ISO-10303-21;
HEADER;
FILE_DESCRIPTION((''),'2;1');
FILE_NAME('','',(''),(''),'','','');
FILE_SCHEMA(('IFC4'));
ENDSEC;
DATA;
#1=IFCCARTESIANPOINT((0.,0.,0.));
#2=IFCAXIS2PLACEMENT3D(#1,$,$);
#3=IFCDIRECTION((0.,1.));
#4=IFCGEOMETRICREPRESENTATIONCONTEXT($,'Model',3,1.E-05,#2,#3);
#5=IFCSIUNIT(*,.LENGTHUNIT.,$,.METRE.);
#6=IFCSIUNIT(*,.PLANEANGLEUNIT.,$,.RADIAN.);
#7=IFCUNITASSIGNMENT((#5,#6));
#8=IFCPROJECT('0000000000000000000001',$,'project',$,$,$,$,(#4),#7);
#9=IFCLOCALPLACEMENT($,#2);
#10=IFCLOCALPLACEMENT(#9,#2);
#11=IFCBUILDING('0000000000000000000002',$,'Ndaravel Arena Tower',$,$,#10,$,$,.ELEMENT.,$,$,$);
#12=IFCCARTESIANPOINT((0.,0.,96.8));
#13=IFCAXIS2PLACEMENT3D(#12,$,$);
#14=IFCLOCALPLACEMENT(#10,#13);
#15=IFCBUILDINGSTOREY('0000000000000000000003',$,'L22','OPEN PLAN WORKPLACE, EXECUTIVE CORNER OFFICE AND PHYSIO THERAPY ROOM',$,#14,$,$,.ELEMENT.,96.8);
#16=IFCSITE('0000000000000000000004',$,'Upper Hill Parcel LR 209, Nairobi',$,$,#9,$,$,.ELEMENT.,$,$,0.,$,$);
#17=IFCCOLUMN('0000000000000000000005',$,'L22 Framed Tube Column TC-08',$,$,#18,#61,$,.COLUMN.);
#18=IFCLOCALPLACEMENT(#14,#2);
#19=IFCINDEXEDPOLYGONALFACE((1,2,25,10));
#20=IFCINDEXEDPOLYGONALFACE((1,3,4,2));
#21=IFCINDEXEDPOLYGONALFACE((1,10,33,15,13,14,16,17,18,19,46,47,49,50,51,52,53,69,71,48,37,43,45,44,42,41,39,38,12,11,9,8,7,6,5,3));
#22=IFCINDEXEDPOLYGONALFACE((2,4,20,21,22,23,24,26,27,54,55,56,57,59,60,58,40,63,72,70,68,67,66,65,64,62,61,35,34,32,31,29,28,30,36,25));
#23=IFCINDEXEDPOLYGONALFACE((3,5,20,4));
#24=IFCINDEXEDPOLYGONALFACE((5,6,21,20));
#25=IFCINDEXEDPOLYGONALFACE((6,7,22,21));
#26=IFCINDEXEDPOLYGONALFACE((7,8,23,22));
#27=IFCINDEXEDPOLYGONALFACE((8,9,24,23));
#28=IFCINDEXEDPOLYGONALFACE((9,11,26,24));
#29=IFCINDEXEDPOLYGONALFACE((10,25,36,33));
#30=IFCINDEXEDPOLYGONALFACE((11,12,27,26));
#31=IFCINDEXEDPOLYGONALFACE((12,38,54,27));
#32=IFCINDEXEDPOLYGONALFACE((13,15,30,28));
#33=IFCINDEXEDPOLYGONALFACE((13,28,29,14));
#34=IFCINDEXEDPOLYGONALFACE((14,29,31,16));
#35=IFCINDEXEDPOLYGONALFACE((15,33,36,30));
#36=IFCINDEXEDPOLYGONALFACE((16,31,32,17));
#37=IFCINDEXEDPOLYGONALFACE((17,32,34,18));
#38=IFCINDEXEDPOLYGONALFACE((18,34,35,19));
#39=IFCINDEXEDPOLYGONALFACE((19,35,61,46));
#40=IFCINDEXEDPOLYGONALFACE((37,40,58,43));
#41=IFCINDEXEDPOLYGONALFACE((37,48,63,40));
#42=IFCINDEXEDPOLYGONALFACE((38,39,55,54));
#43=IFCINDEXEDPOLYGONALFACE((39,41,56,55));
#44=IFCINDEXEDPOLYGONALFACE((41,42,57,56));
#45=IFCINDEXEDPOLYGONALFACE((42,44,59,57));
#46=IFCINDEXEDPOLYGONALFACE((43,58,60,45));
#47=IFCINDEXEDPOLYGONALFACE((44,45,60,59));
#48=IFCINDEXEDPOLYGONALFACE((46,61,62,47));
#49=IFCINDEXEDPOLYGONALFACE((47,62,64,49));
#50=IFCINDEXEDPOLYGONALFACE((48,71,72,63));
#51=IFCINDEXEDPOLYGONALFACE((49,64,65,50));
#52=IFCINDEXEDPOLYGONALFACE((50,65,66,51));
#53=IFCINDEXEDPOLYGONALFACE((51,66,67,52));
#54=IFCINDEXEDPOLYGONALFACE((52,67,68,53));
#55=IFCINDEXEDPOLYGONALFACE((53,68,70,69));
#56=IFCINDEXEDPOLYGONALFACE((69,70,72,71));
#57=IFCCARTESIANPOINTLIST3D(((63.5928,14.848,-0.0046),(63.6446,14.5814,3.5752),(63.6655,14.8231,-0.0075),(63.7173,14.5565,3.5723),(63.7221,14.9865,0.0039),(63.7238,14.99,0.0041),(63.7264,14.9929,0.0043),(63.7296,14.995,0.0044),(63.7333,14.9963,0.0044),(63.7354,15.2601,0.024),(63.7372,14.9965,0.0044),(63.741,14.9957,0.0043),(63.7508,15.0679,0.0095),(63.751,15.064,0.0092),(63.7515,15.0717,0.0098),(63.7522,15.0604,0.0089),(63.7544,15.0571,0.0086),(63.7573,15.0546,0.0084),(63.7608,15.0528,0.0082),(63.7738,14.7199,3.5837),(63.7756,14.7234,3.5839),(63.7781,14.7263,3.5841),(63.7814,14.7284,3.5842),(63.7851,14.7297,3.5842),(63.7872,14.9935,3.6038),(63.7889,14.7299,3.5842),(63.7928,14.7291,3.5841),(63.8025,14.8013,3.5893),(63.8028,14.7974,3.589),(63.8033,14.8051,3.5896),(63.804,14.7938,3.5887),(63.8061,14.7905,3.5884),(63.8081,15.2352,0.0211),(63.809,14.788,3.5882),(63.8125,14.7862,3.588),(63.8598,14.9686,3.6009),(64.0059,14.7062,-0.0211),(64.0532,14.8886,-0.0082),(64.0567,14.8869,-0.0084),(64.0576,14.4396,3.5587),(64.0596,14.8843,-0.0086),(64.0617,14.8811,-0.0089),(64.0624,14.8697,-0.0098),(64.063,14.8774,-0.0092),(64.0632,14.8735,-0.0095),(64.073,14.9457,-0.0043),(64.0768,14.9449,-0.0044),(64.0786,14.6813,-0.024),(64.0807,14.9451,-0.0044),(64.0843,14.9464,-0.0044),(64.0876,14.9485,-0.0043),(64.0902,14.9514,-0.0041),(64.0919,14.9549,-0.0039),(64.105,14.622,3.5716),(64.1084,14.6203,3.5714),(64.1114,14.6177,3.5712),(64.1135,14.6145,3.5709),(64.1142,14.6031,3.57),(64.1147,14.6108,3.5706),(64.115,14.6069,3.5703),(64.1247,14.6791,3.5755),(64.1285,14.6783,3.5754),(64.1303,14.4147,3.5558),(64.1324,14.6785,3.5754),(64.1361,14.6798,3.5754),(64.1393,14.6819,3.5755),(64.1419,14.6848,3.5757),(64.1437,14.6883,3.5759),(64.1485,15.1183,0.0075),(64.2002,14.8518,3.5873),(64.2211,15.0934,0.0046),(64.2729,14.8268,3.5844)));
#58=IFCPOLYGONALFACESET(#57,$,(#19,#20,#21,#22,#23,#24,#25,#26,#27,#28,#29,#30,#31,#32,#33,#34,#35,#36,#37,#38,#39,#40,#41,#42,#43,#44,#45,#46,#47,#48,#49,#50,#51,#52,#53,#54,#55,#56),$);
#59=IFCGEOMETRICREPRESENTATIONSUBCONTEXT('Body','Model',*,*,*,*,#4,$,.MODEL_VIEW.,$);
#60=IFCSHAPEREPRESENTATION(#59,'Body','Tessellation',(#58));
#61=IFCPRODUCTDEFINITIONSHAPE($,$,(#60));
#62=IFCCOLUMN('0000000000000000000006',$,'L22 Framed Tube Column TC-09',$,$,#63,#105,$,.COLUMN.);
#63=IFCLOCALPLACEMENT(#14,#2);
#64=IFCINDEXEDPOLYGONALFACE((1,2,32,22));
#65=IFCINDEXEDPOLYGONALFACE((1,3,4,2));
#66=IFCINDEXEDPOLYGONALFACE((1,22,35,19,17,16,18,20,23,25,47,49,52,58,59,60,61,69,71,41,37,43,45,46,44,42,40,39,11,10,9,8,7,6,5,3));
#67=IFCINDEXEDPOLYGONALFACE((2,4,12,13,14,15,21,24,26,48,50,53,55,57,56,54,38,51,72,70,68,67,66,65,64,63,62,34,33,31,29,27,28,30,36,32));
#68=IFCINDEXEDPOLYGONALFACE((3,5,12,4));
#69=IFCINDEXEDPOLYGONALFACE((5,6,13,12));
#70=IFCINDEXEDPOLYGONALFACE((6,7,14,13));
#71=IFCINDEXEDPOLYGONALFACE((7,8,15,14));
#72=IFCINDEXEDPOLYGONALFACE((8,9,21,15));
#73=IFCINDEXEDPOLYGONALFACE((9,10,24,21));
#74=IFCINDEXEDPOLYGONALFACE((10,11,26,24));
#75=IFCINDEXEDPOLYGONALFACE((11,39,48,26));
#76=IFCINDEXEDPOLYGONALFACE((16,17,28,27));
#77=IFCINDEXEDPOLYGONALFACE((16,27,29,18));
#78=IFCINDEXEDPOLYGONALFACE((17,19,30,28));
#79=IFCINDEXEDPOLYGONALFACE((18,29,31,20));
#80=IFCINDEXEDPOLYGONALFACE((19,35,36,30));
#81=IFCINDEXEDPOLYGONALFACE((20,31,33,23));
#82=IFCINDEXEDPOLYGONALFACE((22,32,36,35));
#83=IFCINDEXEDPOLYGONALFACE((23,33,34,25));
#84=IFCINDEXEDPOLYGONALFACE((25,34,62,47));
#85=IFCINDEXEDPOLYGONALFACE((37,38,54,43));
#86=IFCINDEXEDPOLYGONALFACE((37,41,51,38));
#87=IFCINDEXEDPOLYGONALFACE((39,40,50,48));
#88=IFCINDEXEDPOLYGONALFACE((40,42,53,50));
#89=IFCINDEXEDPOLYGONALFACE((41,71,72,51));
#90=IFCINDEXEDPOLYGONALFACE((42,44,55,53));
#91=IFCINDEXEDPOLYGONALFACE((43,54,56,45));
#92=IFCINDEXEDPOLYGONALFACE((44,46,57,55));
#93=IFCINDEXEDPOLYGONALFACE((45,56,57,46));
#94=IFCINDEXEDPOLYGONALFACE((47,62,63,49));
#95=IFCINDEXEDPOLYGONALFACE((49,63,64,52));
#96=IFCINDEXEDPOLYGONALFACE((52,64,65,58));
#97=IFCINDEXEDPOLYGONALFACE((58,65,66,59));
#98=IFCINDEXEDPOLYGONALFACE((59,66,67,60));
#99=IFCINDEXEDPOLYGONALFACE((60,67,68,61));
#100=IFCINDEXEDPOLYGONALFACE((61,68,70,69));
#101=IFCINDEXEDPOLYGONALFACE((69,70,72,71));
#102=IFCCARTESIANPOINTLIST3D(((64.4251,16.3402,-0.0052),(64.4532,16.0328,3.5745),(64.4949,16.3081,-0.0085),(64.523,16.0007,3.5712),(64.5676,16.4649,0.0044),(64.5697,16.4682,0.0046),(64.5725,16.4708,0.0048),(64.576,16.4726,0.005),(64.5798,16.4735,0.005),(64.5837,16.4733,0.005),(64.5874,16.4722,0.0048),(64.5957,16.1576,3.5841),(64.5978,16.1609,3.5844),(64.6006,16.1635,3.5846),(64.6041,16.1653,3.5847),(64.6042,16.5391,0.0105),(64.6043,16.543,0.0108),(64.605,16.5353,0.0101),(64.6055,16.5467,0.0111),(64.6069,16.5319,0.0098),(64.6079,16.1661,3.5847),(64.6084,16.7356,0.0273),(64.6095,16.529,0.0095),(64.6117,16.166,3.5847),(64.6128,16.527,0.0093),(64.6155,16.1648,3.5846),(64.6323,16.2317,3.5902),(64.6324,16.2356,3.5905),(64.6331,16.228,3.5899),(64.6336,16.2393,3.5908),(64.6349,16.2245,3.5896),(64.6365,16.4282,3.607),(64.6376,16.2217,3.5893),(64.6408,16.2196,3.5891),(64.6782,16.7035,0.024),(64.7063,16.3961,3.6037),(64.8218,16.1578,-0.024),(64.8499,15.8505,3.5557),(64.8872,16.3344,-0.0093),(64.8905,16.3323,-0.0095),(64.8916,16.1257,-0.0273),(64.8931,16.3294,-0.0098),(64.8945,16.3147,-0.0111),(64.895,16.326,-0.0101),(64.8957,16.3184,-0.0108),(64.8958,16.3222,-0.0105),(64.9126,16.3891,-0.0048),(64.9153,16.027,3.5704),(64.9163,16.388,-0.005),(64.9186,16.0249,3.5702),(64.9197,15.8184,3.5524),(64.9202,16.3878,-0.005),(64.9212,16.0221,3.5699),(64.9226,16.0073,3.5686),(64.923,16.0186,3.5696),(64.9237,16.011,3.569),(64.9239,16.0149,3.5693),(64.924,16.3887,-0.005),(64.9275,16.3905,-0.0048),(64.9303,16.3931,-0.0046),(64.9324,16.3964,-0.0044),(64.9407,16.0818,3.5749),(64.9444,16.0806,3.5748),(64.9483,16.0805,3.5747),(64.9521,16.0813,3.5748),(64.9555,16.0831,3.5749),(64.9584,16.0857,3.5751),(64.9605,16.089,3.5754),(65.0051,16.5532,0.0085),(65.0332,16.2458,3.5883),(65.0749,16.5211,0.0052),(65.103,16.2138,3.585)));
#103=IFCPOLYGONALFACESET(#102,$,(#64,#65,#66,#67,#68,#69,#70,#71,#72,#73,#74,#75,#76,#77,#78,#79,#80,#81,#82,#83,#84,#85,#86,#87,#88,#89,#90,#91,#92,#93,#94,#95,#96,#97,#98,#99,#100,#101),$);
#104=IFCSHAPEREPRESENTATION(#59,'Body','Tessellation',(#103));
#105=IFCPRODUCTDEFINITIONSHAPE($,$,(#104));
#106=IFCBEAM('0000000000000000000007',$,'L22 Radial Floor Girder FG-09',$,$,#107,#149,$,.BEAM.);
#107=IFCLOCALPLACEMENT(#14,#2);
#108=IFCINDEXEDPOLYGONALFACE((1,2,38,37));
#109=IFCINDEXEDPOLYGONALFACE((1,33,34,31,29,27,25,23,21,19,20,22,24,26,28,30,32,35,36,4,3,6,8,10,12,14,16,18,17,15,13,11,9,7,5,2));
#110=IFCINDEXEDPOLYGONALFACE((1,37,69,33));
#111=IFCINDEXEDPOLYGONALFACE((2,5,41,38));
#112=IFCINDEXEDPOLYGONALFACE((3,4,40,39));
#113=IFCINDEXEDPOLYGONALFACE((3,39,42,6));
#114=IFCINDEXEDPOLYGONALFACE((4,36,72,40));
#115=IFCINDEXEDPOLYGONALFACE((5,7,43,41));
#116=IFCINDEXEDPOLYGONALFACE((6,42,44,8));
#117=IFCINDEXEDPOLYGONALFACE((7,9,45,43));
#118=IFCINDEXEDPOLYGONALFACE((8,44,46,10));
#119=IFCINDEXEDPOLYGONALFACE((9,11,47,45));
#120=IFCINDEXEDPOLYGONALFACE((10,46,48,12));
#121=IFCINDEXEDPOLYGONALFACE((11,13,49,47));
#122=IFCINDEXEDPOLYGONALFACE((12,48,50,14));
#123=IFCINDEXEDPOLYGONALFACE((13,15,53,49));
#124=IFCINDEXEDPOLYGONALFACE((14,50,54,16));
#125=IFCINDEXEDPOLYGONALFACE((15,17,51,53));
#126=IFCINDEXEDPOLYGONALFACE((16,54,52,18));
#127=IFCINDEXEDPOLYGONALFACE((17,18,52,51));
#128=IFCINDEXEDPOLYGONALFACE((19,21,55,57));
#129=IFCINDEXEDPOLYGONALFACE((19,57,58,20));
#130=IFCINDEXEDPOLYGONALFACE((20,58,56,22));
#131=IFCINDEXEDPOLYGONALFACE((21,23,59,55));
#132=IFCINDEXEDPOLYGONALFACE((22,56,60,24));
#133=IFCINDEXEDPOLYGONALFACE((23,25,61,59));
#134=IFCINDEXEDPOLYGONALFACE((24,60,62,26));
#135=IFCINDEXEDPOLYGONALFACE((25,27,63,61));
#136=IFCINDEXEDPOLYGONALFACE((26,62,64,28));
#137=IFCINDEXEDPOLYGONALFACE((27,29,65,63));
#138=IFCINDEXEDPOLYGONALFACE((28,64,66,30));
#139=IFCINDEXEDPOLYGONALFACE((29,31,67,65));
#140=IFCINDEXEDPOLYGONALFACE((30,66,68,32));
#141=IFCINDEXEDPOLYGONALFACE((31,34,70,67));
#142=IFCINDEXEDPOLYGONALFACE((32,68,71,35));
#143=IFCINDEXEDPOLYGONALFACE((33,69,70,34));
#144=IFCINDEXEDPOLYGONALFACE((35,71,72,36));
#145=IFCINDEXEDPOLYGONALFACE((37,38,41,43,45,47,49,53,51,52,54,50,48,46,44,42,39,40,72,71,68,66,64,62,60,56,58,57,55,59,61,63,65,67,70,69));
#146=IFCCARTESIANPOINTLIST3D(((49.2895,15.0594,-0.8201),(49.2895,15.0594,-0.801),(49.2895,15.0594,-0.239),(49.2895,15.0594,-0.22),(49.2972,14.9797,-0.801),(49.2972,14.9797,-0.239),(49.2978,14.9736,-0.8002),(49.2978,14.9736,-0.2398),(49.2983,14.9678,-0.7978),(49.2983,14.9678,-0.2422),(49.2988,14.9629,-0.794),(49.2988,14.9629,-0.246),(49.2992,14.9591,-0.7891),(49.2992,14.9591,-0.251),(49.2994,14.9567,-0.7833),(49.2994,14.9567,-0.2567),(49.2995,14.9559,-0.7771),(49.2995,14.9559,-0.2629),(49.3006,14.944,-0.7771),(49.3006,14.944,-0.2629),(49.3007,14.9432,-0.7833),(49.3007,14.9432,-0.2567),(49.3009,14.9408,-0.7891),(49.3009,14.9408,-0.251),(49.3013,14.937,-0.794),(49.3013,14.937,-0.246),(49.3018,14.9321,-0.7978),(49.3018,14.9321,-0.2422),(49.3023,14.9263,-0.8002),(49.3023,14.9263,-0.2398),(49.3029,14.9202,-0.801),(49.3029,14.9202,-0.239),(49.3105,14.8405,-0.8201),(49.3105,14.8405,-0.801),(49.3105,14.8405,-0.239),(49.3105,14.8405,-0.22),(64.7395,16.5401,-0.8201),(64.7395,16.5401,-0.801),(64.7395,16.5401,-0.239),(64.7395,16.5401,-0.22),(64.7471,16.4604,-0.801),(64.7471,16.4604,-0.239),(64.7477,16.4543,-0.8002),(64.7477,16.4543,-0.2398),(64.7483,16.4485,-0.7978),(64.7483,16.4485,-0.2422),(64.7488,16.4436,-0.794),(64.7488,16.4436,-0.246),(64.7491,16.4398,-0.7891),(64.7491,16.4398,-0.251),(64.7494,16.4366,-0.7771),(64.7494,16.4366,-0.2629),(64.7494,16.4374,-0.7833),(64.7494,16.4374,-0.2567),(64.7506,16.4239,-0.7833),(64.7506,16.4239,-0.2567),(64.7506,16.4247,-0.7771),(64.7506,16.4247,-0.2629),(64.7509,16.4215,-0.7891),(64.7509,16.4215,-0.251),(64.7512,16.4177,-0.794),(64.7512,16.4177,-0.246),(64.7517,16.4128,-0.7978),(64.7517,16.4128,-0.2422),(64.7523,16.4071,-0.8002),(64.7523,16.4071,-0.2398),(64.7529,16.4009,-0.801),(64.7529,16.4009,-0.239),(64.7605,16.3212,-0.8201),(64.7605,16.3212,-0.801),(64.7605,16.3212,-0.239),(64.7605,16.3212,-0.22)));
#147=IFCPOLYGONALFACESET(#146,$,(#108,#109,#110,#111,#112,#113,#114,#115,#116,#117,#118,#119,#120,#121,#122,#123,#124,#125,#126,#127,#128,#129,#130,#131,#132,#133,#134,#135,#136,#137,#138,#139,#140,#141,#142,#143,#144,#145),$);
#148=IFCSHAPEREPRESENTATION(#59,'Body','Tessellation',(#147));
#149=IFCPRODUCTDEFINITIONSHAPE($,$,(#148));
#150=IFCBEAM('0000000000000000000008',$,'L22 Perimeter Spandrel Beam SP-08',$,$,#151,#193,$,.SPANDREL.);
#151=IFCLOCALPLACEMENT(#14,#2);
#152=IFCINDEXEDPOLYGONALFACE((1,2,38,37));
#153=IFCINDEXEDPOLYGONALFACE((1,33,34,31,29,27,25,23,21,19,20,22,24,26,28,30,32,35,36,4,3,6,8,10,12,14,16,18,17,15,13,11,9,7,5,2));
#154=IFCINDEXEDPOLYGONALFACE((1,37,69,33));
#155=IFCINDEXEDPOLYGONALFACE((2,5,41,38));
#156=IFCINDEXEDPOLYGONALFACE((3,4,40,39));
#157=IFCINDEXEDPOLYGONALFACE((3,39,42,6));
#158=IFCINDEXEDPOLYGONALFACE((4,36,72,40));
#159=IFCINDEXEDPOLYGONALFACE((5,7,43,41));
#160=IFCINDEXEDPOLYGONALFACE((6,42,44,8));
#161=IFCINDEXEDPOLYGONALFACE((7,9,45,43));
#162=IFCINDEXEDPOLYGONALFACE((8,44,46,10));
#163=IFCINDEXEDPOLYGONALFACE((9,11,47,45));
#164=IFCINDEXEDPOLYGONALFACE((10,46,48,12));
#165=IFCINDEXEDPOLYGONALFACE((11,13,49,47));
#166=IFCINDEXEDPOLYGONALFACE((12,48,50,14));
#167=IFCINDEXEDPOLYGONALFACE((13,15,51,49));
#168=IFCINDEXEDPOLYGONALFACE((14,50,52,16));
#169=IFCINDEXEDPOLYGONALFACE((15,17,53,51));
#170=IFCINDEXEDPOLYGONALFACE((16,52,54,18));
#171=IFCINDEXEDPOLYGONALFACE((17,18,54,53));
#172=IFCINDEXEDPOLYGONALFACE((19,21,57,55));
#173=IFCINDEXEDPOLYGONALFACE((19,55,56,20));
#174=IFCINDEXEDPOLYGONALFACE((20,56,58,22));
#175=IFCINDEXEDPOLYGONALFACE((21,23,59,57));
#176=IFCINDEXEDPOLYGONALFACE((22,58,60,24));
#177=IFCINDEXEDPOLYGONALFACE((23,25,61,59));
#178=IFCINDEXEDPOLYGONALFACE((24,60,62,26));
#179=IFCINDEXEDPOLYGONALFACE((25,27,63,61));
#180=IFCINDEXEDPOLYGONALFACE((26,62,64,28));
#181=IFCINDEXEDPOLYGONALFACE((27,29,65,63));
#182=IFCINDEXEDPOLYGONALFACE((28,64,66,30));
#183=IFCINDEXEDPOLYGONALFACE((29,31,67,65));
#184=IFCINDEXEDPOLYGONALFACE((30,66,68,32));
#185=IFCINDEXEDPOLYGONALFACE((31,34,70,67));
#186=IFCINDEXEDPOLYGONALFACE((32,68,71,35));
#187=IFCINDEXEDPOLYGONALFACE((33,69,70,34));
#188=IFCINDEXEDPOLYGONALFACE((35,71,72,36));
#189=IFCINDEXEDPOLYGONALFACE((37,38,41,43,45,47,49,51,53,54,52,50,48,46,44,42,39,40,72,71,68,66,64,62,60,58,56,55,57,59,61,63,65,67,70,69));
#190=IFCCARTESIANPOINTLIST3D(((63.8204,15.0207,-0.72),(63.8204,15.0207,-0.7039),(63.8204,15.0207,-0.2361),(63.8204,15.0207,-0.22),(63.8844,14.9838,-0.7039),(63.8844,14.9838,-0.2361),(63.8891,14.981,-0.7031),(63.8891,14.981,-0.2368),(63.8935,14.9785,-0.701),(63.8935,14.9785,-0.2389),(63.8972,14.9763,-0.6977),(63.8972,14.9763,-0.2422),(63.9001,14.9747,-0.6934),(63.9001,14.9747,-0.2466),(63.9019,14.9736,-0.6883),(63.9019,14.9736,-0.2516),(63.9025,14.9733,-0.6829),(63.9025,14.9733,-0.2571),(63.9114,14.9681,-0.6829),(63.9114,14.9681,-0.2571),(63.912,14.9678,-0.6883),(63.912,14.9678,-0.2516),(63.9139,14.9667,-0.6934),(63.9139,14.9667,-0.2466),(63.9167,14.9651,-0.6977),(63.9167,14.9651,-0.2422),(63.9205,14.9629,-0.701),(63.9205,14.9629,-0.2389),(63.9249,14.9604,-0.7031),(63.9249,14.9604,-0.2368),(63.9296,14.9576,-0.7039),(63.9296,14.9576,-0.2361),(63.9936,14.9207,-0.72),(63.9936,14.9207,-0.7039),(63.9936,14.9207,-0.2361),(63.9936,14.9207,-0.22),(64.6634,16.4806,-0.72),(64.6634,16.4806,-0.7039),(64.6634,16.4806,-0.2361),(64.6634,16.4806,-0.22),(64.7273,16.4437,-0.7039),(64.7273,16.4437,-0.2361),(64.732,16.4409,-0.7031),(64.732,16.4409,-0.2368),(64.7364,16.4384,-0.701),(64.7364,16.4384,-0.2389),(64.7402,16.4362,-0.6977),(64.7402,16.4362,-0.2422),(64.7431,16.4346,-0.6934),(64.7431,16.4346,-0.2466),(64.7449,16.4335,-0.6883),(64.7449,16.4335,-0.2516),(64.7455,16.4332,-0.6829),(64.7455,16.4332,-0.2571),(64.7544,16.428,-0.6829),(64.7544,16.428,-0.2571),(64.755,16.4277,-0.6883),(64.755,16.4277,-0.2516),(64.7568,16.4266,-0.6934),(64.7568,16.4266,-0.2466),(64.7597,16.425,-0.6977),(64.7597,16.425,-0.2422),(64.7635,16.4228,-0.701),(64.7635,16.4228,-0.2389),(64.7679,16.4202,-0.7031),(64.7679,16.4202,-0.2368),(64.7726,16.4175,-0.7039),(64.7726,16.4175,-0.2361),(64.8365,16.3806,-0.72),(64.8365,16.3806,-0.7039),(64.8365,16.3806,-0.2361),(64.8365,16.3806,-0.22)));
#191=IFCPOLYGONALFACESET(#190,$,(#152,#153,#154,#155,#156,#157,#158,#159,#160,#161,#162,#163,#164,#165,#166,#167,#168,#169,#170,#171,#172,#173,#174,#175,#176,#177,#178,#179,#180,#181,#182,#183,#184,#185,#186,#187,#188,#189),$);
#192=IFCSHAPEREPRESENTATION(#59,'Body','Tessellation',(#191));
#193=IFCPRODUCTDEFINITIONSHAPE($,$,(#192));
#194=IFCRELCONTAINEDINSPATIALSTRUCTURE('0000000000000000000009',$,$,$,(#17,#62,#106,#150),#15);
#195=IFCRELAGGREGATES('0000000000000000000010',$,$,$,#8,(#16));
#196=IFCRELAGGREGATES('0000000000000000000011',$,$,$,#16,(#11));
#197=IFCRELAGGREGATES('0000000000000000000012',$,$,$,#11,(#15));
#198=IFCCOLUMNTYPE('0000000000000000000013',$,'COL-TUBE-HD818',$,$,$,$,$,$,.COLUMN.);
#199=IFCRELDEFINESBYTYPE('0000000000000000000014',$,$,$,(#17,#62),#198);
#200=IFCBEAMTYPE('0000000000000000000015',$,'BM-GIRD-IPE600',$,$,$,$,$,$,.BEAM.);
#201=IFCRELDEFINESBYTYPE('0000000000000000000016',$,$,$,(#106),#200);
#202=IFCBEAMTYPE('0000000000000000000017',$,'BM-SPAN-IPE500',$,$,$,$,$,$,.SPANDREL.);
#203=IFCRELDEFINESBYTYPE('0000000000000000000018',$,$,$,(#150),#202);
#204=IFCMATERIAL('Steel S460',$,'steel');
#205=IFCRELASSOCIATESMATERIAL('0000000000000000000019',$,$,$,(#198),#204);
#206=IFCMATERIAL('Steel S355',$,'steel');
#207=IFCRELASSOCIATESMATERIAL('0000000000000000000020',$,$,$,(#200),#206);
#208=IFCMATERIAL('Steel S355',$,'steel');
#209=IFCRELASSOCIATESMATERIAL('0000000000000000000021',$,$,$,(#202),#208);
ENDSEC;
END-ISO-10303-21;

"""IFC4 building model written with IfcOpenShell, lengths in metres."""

from ifc_helpers import new_model, si_unit, direction, frame, origin, origin_2d, place, context, subcontext, project, spatial, i_section, extrude, material, material_profile, profile_set, type_object, element, save


model = new_model("IFC4")

# Units and contexts
model_context = context("Model", 3, precision=1e-05, world=origin(), true_north=direction((0.0, 1.0)))
body_context = subcontext(model_context, "Body", "Model", "MODEL_VIEW")
ifc_project = project(units=[si_unit("LENGTHUNIT", "METRE"), si_unit("PLANEANGLEUNIT", "RADIAN")], contexts=[model_context])

# Site, building, storey
site_placement = place(None, origin())
site = spatial("IfcSite", under=ifc_project, at=site_placement, Name="Upper Hill Parcel LR 209, Nairobi", CompositionType="ELEMENT", RefElevation=0.0)
building_placement = place(site_placement, origin())
building = spatial("IfcBuilding", under=site, at=building_placement, Name="Ndaravel Arena Tower", CompositionType="ELEMENT")
storey_placement = place(building_placement, frame((0.0, 0.0, 96.8)))
storey = spatial("IfcBuildingStorey", under=building, at=storey_placement, Name="L22", Description="OPEN PLAN WORKPLACE, EXECUTIVE CORNER OFFICE AND PHYSIO THERAPY ROOM", CompositionType="ELEMENT", Elevation=96.8)

# Columns
ifc_material_1 = material(Name="Steel S460", Category="steel")
ifc_material_profile_1 = material_profile(ifc_material_1, i_section(OverallWidth=0.437, OverallDepth=0.5139, WebThickness=0.0605, FlangeThickness=0.0769, FilletRadius=0.0149, at=origin_2d()), Name="HD 400x818")
ifc_profile_set_1 = profile_set([ifc_material_profile_1], Name="Steel S460")
column_type = type_object("IfcColumnType", Name="COL-TUBE-HD818", PredefinedType="COLUMN", material=ifc_profile_set_1)
column_1_placement = place(storey_placement, frame((63.907, 14.9707, 0.0), z_axis=(0.014417, -0.07426, 0.997135), x_axis=(0.326261, 0.943007, 0.065512)))
element("IfcColumn", 1, at=column_1_placement, inside=storey, type_object=column_type, Name="L22 Framed Tube Column TC-08", PredefinedType="COLUMN", context=body_context, shape_type="SweptSolid", body=[
    extrude(i_section(OverallWidth=0.437, OverallDepth=0.5139, WebThickness=0.0605, FlangeThickness=0.0769, FilletRadius=0.0149, at=origin_2d()), origin(), (0.0, 0.0, 1.0), 3.5901),
])
column_2_placement = place(storey_placement, frame((64.75, 16.4307, 0.0), z_axis=(0.007814, -0.085545, 0.996304), x_axis=(0.419441, 0.904729, 0.074393)))
element("IfcColumn", 2, at=column_2_placement, inside=storey, type_object=column_type, Name="L22 Framed Tube Column TC-09", PredefinedType="COLUMN", context=body_context, shape_type="SweptSolid", body=[
    extrude(i_section(OverallWidth=0.437, OverallDepth=0.5139, WebThickness=0.0605, FlangeThickness=0.0769, FilletRadius=0.0149, at=origin_2d()), origin(), (0.0, 0.0, 1.0), 3.593),
])

# Beams
ifc_material_2 = material(Name="Steel S355", Category="steel")
ifc_material_profile_2 = material_profile(ifc_material_2, i_section(OverallWidth=0.22, OverallDepth=0.6001, WebThickness=0.012, FlangeThickness=0.019, FilletRadius=0.0239, at=origin_2d()), Name="IPE 600")
ifc_profile_set_2 = profile_set([ifc_material_profile_2], Name="Steel S355")
beam_type_1 = type_object("IfcBeamType", Name="BM-GIRD-IPE600", PredefinedType="BEAM", material=ifc_profile_set_2)
beam_1_placement = place(storey_placement, frame((64.75, 16.4307, -0.52), z_axis=(-0.995439, -0.095402, 0.0), x_axis=(0.095402, -0.995439, 0.0)))
element("IfcBeam", 3, at=beam_1_placement, inside=storey, type_object=beam_type_1, Name="L22 Radial Floor Girder FG-09", PredefinedType="BEAM", context=body_context, shape_type="SweptSolid", body=[
    extrude(i_section(OverallWidth=0.22, OverallDepth=0.6001, WebThickness=0.012, FlangeThickness=0.019, FilletRadius=0.0239, at=origin_2d()), origin(), (0.0, 0.0, 1.0), 15.5208),
])
ifc_material_3 = material(Name="Steel S355", Category="steel")
ifc_material_profile_3 = material_profile(ifc_material_3, i_section(OverallWidth=0.2, OverallDepth=0.5, WebThickness=0.0103, FlangeThickness=0.0161, FilletRadius=0.021, at=origin_2d()), Name="IPE 500")
ifc_profile_set_3 = profile_set([ifc_material_profile_3], Name="Steel S355")
beam_type_2 = type_object("IfcBeamType", Name="BM-SPAN-IPE500", PredefinedType="SPANDREL", material=ifc_profile_set_3)
beam_2_placement = place(storey_placement, frame((63.907, 14.9707, -0.47), z_axis=(0.500048, 0.865997, 0.0), x_axis=(-0.865997, 0.500048, 0.0)))
element("IfcBeam", 4, at=beam_2_placement, inside=storey, type_object=beam_type_2, Name="L22 Perimeter Spandrel Beam SP-08", PredefinedType="SPANDREL", context=body_context, shape_type="SweptSolid", body=[
    extrude(i_section(OverallWidth=0.2, OverallDepth=0.5, WebThickness=0.0103, FlangeThickness=0.0161, FilletRadius=0.021, at=origin_2d()), origin(), (0.0, 0.0, 1.0), 1.6858),
])

save(model, "model.ifc")
